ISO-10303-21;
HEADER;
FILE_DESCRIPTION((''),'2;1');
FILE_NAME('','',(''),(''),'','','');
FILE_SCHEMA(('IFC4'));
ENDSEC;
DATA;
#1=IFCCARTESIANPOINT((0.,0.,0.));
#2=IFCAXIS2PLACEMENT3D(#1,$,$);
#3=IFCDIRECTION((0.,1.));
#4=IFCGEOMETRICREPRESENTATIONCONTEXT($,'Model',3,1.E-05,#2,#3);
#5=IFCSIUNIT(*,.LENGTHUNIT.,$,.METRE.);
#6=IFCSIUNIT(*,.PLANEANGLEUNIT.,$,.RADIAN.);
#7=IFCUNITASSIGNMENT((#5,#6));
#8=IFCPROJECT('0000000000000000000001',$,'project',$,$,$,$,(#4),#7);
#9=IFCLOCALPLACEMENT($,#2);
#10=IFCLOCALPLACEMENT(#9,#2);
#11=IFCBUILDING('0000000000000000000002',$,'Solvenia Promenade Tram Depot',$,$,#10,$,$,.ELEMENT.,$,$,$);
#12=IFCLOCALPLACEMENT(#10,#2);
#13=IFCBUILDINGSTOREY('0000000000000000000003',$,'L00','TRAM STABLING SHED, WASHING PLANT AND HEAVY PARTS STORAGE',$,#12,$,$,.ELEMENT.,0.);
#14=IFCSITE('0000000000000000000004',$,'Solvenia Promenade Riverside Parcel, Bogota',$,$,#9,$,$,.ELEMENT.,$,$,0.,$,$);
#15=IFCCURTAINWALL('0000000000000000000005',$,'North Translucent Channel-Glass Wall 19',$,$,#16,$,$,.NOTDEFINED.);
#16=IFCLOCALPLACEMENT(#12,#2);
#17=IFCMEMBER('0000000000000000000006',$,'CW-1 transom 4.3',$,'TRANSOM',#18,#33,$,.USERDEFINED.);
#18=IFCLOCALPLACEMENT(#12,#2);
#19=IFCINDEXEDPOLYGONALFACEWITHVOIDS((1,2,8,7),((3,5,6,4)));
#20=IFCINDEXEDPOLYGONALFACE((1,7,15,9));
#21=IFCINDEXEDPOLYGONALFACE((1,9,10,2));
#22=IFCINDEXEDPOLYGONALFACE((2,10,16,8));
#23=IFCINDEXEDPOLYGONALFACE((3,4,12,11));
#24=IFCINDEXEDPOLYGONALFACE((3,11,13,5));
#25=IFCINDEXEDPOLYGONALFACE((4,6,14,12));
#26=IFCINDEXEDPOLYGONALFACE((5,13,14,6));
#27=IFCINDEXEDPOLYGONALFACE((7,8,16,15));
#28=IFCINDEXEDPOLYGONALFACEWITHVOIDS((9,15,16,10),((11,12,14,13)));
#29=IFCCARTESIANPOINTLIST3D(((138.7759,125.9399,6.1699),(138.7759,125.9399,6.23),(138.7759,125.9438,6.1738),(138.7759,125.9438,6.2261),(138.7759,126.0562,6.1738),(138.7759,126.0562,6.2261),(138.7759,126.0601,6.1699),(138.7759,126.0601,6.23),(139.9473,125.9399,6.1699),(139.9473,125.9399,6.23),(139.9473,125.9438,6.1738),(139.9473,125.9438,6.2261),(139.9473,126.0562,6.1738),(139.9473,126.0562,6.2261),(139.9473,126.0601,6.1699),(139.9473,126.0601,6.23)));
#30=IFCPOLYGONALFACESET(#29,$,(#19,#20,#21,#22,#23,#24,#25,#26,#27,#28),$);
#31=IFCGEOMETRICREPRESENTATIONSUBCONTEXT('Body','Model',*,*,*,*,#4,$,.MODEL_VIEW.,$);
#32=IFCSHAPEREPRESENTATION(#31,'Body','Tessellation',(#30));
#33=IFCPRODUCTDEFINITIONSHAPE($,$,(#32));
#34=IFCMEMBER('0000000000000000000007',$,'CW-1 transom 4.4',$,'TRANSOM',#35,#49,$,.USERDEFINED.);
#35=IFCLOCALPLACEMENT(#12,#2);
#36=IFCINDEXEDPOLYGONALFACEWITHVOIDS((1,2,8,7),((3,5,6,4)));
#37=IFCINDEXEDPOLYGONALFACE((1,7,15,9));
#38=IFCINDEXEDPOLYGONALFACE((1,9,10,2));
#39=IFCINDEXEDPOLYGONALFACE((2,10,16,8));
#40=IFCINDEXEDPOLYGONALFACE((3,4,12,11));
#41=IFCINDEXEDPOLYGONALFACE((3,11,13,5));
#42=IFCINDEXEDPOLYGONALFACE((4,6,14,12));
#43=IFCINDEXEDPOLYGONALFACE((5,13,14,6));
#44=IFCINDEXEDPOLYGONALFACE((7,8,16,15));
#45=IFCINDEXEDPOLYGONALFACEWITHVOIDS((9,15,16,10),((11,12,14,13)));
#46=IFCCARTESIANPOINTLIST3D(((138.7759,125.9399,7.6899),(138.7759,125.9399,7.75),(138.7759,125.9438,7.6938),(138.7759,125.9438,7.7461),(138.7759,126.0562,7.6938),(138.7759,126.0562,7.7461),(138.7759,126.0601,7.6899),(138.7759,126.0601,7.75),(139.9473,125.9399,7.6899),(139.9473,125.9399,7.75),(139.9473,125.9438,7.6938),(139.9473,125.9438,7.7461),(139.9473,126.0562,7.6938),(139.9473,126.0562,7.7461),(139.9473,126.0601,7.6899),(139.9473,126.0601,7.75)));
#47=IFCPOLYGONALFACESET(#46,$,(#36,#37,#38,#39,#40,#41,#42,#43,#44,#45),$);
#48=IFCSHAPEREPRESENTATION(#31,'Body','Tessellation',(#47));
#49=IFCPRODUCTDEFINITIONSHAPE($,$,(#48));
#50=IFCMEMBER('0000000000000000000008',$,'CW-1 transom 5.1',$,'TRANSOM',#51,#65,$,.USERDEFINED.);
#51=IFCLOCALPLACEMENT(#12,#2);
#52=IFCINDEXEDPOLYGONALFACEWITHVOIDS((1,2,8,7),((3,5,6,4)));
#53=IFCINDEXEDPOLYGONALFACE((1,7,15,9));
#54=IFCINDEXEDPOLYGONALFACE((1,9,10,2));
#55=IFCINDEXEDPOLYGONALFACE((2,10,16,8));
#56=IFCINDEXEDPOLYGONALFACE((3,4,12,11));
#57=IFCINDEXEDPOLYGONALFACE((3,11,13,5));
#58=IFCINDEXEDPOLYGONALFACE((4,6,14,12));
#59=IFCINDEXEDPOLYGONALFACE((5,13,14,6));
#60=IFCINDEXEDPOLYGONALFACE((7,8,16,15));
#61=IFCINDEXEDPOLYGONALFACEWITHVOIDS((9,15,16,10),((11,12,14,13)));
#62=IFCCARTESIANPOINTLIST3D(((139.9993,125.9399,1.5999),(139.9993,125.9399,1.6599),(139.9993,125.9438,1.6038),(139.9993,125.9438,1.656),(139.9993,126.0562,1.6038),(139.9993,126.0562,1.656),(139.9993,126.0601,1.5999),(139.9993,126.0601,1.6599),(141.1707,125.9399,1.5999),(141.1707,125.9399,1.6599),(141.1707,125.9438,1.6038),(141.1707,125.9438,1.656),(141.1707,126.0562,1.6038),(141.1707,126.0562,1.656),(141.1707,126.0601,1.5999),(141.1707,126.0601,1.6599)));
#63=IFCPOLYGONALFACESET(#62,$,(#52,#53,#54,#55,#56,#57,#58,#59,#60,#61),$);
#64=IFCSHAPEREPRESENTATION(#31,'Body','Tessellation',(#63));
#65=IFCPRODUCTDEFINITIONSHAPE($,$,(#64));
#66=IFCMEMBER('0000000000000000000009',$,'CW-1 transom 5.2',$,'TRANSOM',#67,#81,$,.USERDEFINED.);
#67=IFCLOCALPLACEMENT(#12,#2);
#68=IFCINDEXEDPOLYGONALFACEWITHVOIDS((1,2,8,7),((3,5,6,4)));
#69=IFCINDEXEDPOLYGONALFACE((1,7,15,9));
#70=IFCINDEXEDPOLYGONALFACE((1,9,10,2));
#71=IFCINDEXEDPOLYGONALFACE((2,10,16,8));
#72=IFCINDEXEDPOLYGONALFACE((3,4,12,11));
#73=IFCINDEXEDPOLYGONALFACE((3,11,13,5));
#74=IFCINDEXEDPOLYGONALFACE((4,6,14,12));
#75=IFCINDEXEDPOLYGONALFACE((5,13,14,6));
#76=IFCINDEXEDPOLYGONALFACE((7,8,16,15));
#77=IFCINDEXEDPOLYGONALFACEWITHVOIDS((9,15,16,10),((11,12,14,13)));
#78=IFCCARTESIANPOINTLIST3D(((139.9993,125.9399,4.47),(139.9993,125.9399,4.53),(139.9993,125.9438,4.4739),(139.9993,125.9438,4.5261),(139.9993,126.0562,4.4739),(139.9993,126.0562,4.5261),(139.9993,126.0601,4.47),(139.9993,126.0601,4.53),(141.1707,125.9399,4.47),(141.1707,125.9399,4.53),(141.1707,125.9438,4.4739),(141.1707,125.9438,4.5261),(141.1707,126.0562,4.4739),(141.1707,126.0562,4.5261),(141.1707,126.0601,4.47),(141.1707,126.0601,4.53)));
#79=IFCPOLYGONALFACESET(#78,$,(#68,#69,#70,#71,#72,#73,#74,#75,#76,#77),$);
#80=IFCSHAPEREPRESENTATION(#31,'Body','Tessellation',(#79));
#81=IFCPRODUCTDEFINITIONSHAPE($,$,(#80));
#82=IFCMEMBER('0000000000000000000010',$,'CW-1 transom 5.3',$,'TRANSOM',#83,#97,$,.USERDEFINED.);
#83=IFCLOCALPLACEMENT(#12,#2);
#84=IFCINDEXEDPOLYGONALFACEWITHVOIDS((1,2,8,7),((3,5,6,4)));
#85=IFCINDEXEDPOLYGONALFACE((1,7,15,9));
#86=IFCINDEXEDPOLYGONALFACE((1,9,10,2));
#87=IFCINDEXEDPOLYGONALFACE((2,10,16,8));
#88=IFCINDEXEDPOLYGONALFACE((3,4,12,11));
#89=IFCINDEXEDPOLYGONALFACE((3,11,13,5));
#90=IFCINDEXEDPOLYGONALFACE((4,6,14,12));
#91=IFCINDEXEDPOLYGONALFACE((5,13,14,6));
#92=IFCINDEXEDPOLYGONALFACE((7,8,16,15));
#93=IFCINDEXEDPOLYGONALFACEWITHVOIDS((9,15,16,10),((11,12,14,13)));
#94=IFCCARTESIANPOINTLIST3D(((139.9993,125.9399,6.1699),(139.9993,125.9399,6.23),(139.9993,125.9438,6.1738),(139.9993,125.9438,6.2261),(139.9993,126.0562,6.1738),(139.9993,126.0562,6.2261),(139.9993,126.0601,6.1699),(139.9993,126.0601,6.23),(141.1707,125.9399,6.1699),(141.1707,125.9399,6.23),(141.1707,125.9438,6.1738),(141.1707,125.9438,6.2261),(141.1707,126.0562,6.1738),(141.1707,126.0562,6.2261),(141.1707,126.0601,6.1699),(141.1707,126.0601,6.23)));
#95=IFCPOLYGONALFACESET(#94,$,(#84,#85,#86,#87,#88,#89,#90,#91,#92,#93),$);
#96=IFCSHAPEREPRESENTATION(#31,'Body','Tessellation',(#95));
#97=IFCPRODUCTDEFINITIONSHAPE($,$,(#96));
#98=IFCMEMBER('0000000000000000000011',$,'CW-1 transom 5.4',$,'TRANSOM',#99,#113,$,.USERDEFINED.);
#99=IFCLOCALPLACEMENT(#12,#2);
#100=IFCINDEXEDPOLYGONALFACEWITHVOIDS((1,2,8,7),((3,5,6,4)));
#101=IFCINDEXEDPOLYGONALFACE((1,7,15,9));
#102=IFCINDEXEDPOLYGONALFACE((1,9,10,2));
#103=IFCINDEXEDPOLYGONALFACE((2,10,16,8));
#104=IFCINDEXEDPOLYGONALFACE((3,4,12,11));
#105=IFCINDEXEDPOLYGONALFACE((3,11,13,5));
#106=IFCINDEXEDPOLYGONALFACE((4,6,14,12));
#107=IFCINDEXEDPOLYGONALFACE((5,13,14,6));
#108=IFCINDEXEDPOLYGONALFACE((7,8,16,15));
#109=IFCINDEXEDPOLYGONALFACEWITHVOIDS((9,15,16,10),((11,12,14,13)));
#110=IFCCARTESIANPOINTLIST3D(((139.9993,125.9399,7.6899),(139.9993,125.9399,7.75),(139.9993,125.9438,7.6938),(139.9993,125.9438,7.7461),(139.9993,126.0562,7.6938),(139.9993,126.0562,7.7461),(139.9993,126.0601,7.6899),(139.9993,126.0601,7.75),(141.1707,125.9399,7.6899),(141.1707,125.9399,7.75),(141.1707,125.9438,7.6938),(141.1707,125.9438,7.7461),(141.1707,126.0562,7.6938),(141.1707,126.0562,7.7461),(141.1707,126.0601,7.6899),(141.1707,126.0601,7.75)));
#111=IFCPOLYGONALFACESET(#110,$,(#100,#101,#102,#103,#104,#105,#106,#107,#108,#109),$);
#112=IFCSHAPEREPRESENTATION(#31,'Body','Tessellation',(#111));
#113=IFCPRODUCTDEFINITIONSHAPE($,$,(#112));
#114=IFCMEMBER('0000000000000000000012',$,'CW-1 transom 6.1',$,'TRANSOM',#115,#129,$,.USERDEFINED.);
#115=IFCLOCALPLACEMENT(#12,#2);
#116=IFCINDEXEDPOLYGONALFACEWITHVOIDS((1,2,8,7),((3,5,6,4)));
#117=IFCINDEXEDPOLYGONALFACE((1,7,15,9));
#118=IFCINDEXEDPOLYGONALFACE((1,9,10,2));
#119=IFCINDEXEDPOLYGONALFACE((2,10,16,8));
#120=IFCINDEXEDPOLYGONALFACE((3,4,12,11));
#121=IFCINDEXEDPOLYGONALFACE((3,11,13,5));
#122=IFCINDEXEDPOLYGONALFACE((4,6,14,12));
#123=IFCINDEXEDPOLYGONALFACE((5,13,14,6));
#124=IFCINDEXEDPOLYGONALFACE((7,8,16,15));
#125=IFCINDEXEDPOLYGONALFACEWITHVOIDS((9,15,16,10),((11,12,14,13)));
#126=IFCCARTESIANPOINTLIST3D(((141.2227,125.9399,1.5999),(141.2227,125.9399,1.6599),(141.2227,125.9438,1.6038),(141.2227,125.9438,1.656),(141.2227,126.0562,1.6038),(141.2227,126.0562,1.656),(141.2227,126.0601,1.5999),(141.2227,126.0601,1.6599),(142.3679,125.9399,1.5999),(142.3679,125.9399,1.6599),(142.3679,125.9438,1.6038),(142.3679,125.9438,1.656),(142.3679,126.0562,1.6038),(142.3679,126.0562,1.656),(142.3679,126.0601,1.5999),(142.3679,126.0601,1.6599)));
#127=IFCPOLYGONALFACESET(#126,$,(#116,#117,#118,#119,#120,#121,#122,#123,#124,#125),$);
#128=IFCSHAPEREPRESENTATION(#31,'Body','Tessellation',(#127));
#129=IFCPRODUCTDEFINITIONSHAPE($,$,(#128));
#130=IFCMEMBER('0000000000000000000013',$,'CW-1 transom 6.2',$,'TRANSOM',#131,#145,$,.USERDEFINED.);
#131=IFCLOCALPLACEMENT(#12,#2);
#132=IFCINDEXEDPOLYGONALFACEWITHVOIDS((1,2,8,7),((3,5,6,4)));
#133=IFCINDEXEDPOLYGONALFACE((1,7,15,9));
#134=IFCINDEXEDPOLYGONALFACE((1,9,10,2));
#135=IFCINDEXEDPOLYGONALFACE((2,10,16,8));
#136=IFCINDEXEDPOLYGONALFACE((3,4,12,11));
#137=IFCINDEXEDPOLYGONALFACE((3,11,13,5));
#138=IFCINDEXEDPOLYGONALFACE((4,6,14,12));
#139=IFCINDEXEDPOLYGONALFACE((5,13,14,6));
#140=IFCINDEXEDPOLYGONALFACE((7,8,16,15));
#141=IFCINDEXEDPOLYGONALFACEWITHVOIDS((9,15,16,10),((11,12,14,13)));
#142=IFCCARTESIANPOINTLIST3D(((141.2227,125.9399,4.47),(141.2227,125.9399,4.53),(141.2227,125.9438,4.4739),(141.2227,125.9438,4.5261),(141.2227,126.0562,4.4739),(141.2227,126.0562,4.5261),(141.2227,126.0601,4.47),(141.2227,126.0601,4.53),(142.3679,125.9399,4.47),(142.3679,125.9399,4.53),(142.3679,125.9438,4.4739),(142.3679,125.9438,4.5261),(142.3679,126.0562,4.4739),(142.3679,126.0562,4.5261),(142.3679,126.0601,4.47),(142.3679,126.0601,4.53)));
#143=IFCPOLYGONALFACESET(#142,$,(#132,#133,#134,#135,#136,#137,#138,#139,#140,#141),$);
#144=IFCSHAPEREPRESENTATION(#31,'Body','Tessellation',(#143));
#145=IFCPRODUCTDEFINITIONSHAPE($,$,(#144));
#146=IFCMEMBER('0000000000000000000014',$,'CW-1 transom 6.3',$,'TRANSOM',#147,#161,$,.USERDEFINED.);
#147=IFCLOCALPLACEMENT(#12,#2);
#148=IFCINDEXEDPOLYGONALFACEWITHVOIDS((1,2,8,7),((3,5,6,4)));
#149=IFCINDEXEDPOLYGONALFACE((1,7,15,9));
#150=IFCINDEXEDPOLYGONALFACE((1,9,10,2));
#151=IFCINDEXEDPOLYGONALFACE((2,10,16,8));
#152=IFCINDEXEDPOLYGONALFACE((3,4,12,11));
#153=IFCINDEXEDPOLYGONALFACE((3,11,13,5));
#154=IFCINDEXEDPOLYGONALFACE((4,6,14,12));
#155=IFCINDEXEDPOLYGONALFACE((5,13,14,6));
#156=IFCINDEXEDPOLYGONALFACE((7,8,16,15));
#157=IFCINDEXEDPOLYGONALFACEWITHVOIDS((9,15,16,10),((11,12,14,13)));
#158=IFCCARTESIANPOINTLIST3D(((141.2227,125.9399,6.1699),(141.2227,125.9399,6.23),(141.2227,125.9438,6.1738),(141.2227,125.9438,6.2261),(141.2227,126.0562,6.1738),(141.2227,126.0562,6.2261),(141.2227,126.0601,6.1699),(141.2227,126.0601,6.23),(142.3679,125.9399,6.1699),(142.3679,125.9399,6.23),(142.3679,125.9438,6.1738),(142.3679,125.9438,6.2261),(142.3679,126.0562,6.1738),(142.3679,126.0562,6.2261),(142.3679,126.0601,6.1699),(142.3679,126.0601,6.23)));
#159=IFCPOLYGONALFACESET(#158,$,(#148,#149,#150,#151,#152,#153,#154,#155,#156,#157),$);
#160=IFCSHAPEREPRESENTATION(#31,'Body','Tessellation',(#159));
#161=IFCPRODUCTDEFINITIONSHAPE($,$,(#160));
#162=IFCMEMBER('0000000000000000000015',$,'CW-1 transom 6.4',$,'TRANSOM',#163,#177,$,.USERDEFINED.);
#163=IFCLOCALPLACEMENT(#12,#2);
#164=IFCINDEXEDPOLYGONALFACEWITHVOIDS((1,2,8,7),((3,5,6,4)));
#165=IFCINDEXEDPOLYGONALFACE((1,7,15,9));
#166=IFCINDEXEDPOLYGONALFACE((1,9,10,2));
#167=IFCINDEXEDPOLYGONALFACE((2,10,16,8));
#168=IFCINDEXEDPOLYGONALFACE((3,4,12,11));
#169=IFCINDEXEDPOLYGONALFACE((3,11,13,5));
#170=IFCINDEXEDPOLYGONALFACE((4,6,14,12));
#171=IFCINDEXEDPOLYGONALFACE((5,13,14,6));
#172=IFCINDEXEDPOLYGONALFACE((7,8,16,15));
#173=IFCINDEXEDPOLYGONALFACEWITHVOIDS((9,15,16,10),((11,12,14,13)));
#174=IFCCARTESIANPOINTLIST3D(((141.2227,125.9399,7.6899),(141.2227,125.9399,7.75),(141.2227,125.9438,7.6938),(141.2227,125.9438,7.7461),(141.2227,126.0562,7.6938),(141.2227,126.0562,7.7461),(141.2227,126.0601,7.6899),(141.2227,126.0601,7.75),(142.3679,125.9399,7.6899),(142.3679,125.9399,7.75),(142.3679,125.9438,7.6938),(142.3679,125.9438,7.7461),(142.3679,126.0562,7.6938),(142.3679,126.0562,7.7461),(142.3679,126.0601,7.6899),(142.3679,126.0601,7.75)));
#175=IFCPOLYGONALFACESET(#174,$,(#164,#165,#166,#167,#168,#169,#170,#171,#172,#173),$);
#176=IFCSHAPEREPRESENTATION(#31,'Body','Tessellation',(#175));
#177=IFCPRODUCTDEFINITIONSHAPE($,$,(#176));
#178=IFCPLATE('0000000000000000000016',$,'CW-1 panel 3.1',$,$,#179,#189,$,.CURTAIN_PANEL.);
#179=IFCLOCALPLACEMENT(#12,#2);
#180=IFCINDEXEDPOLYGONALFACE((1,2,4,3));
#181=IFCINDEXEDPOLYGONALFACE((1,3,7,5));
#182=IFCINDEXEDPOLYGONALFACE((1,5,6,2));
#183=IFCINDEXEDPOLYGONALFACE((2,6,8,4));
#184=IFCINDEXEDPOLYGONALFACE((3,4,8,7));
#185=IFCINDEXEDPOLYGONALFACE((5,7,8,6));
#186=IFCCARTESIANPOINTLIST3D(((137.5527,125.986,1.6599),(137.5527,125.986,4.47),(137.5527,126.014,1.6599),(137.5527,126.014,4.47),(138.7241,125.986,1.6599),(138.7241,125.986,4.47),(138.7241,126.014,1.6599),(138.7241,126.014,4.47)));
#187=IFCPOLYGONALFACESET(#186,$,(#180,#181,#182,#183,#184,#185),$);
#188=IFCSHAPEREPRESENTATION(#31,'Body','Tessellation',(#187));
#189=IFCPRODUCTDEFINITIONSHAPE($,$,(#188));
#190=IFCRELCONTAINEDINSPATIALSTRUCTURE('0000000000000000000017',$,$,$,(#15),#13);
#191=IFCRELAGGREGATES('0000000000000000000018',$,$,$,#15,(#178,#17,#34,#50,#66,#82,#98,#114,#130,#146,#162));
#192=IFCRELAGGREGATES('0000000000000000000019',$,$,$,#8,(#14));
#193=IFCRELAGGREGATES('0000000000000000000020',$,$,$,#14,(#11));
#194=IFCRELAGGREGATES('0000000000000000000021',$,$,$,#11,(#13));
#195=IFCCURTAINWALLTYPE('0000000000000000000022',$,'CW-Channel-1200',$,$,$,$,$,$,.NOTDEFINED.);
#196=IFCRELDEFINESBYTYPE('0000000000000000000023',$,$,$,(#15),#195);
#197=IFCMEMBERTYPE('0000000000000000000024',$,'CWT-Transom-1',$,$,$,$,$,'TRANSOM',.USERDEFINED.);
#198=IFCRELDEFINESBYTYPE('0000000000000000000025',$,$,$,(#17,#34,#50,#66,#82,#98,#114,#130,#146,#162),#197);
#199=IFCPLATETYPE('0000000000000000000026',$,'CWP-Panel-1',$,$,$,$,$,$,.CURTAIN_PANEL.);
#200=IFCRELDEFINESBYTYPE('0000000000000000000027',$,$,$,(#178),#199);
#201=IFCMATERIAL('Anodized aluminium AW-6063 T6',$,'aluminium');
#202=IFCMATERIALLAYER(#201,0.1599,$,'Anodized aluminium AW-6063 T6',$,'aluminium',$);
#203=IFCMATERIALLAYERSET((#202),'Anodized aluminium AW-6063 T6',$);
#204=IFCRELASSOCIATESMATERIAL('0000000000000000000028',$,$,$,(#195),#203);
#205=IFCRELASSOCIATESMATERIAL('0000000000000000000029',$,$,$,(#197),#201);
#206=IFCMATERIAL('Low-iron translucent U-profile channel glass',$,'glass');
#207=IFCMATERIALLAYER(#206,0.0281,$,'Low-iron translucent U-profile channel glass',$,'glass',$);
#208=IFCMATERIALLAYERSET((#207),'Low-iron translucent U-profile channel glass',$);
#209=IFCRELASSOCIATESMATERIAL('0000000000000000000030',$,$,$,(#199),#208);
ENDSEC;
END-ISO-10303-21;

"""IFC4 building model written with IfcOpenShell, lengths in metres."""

from ifc_helpers import new_model, si_unit, direction, frame, origin, origin_2d, place, context, subcontext, project, spatial, rectangle, hollow_rectangle, extrude, material, layer, layer_set, material_profile, profile_set, type_object, element, aggregate, save


model = new_model("IFC4")

# Units and contexts
model_context = context("Model", 3, precision=1e-05, world=origin(), true_north=direction((0.0, 1.0)))
body_context = subcontext(model_context, "Body", "Model", "MODEL_VIEW")
ifc_project = project(units=[si_unit("LENGTHUNIT", "METRE"), si_unit("PLANEANGLEUNIT", "RADIAN")], contexts=[model_context])

# Site, building, storey
site_placement = place(None, origin())
site = spatial("IfcSite", under=ifc_project, at=site_placement, Name="Solvenia Promenade Riverside Parcel, Bogota", CompositionType="ELEMENT", RefElevation=0.0)
building_placement = place(site_placement, origin())
building = spatial("IfcBuilding", under=site, at=building_placement, Name="Solvenia Promenade Tram Depot", CompositionType="ELEMENT")
storey_placement = place(building_placement, origin())
storey = spatial("IfcBuildingStorey", under=building, at=storey_placement, Name="L00", Description="TRAM STABLING SHED, WASHING PLANT AND HEAVY PARTS STORAGE", CompositionType="ELEMENT", Elevation=0.0)

# Curtain wall, members, plate
ifc_material_1 = material(Name="Anodized aluminium AW-6063 T6", Category="aluminium")
ifc_layer_1 = layer(ifc_material_1, 0.1599, Name="Anodized aluminium AW-6063 T6", Category="aluminium")
ifc_layer_set_1 = layer_set([ifc_layer_1], Name="Anodized aluminium AW-6063 T6")
curtain_wall_type = type_object("IfcCurtainWallType", Name="CW-Channel-1200", PredefinedType="NOTDEFINED", material=ifc_layer_set_1)
curtain_wall_placement = place(storey_placement, origin())
curtain_wall = element("IfcCurtainWall", 1, at=curtain_wall_placement, inside=storey, type_object=curtain_wall_type, Name="North Translucent Channel-Glass Wall 19", PredefinedType="NOTDEFINED")
ifc_material_profile_1 = material_profile(ifc_material_1, hollow_rectangle(XDim=0.1201, YDim=0.0601, WallThickness=0.0039, at=origin_2d()), Name="ALU-T1", Category="aluminium")
ifc_profile_set_1 = profile_set([ifc_material_profile_1], Name="Anodized aluminium AW-6063 T6")
member_type_1 = type_object("IfcMemberType", Name="CWT-Transom-1", ElementType="TRANSOM", PredefinedType="USERDEFINED", material=ifc_profile_set_1)
member_1_placement = place(storey_placement, frame((138.7759, 126.0, 6.2), z_axis=(1.0, 0.0, 0.0), x_axis=(0.0, 1.0, 0.0)))
member_1 = element("IfcMember", 2, at=member_1_placement, type_object=member_type_1, Name="CW-1 transom 4.3", ObjectType="TRANSOM", PredefinedType="USERDEFINED", context=body_context, shape_type="SweptSolid", body=[
    extrude(hollow_rectangle(XDim=0.1201, YDim=0.0601, WallThickness=0.0039, at=origin_2d()), origin(), (0.0, 0.0, 1.0), 1.1714),
])
member_2_placement = place(storey_placement, frame((138.7759, 126.0, 7.72), z_axis=(1.0, 0.0, 0.0), x_axis=(0.0, 1.0, 0.0)))
member_2 = element("IfcMember", 3, at=member_2_placement, type_object=member_type_1, Name="CW-1 transom 4.4", ObjectType="TRANSOM", PredefinedType="USERDEFINED", context=body_context, shape_type="SweptSolid", body=[
    extrude(hollow_rectangle(XDim=0.1201, YDim=0.0601, WallThickness=0.0039, at=origin_2d()), origin(), (0.0, 0.0, 1.0), 1.1714),
])
member_3_placement = place(storey_placement, frame((139.9993, 126.0, 1.6299), z_axis=(1.0, 0.0, 0.0), x_axis=(0.0, 1.0, 0.0)))
member_3 = element("IfcMember", 4, at=member_3_placement, type_object=member_type_1, Name="CW-1 transom 5.1", ObjectType="TRANSOM", PredefinedType="USERDEFINED", context=body_context, shape_type="SweptSolid", body=[
    extrude(hollow_rectangle(XDim=0.1201, YDim=0.0601, WallThickness=0.0039, at=origin_2d()), origin(), (0.0, 0.0, 1.0), 1.1714),
])
member_4_placement = place(storey_placement, frame((139.9993, 126.0, 4.5), z_axis=(1.0, 0.0, 0.0), x_axis=(0.0, 1.0, 0.0)))
member_4 = element("IfcMember", 5, at=member_4_placement, type_object=member_type_1, Name="CW-1 transom 5.2", ObjectType="TRANSOM", PredefinedType="USERDEFINED", context=body_context, shape_type="SweptSolid", body=[
    extrude(hollow_rectangle(XDim=0.1201, YDim=0.0601, WallThickness=0.0039, at=origin_2d()), origin(), (0.0, 0.0, 1.0), 1.1714),
])
member_5_placement = place(storey_placement, frame((139.9993, 126.0, 6.2), z_axis=(1.0, 0.0, 0.0), x_axis=(0.0, 1.0, 0.0)))
member_5 = element("IfcMember", 6, at=member_5_placement, type_object=member_type_1, Name="CW-1 transom 5.3", ObjectType="TRANSOM", PredefinedType="USERDEFINED", context=body_context, shape_type="SweptSolid", body=[
    extrude(hollow_rectangle(XDim=0.1201, YDim=0.0601, WallThickness=0.0039, at=origin_2d()), origin(), (0.0, 0.0, 1.0), 1.1714),
])
member_6_placement = place(storey_placement, frame((139.9993, 126.0, 7.72), z_axis=(1.0, 0.0, 0.0), x_axis=(0.0, 1.0, 0.0)))
member_6 = element("IfcMember", 7, at=member_6_placement, type_object=member_type_1, Name="CW-1 transom 5.4", ObjectType="TRANSOM", PredefinedType="USERDEFINED", context=body_context, shape_type="SweptSolid", body=[
    extrude(hollow_rectangle(XDim=0.1201, YDim=0.0601, WallThickness=0.0039, at=origin_2d()), origin(), (0.0, 0.0, 1.0), 1.1714),
])
member_7_placement = place(storey_placement, frame((141.2227, 126.0, 1.6299), z_axis=(1.0, 0.0, 0.0), x_axis=(0.0, 1.0, 0.0)))
member_7 = element("IfcMember", 8, at=member_7_placement, type_object=member_type_1, Name="CW-1 transom 6.1", ObjectType="TRANSOM", PredefinedType="USERDEFINED", context=body_context, shape_type="SweptSolid", body=[
    extrude(hollow_rectangle(XDim=0.1201, YDim=0.0601, WallThickness=0.0039, at=origin_2d()), origin(), (0.0, 0.0, 1.0), 1.1453),
])
member_8_placement = place(storey_placement, frame((141.2227, 126.0, 4.5), z_axis=(1.0, 0.0, 0.0), x_axis=(0.0, 1.0, 0.0)))
member_8 = element("IfcMember", 9, at=member_8_placement, type_object=member_type_1, Name="CW-1 transom 6.2", ObjectType="TRANSOM", PredefinedType="USERDEFINED", context=body_context, shape_type="SweptSolid", body=[
    extrude(hollow_rectangle(XDim=0.1201, YDim=0.0601, WallThickness=0.0039, at=origin_2d()), origin(), (0.0, 0.0, 1.0), 1.1453),
])
member_9_placement = place(storey_placement, frame((141.2227, 126.0, 6.2), z_axis=(1.0, 0.0, 0.0), x_axis=(0.0, 1.0, 0.0)))
member_9 = element("IfcMember", 10, at=member_9_placement, type_object=member_type_1, Name="CW-1 transom 6.3", ObjectType="TRANSOM", PredefinedType="USERDEFINED", context=body_context, shape_type="SweptSolid", body=[
    extrude(hollow_rectangle(XDim=0.1201, YDim=0.0601, WallThickness=0.0039, at=origin_2d()), origin(), (0.0, 0.0, 1.0), 1.1453),
])
member_10_placement = place(storey_placement, frame((141.2227, 126.0, 7.72), z_axis=(1.0, 0.0, 0.0), x_axis=(0.0, 1.0, 0.0)))
member_10 = element("IfcMember", 11, at=member_10_placement, type_object=member_type_1, Name="CW-1 transom 6.4", ObjectType="TRANSOM", PredefinedType="USERDEFINED", context=body_context, shape_type="SweptSolid", body=[
    extrude(hollow_rectangle(XDim=0.1201, YDim=0.0601, WallThickness=0.0039, at=origin_2d()), origin(), (0.0, 0.0, 1.0), 1.1453),
])
ifc_material_2 = material(Name="Low-iron translucent U-profile channel glass", Category="glass")
ifc_layer_2 = layer(ifc_material_2, 0.0281, Name="Low-iron translucent U-profile channel glass", Category="glass")
ifc_layer_set_2 = layer_set([ifc_layer_2], Name="Low-iron translucent U-profile channel glass")
plate_type = type_object("IfcPlateType", Name="CWP-Panel-1", PredefinedType="CURTAIN_PANEL", material=ifc_layer_set_2)
plate_1_placement = place(storey_placement, frame((138.1384, 126.0, 1.6599), z_axis=(0.0, 0.0, 1.0), x_axis=(1.0, 0.0, 0.0)))
plate_1 = element("IfcPlate", 12, at=plate_1_placement, type_object=plate_type, Name="CW-1 panel 3.1", PredefinedType="CURTAIN_PANEL", context=body_context, shape_type="SweptSolid", body=[
    extrude(rectangle(XDim=1.1714, YDim=0.0281, at=origin_2d()), origin(), (0.0, 0.0, 1.0), 2.8101),
])
aggregate(curtain_wall, [plate_1, member_1, member_2, member_3, member_4, member_5, member_6, member_7, member_8, member_9, member_10])

save(model, "model.ifc")
